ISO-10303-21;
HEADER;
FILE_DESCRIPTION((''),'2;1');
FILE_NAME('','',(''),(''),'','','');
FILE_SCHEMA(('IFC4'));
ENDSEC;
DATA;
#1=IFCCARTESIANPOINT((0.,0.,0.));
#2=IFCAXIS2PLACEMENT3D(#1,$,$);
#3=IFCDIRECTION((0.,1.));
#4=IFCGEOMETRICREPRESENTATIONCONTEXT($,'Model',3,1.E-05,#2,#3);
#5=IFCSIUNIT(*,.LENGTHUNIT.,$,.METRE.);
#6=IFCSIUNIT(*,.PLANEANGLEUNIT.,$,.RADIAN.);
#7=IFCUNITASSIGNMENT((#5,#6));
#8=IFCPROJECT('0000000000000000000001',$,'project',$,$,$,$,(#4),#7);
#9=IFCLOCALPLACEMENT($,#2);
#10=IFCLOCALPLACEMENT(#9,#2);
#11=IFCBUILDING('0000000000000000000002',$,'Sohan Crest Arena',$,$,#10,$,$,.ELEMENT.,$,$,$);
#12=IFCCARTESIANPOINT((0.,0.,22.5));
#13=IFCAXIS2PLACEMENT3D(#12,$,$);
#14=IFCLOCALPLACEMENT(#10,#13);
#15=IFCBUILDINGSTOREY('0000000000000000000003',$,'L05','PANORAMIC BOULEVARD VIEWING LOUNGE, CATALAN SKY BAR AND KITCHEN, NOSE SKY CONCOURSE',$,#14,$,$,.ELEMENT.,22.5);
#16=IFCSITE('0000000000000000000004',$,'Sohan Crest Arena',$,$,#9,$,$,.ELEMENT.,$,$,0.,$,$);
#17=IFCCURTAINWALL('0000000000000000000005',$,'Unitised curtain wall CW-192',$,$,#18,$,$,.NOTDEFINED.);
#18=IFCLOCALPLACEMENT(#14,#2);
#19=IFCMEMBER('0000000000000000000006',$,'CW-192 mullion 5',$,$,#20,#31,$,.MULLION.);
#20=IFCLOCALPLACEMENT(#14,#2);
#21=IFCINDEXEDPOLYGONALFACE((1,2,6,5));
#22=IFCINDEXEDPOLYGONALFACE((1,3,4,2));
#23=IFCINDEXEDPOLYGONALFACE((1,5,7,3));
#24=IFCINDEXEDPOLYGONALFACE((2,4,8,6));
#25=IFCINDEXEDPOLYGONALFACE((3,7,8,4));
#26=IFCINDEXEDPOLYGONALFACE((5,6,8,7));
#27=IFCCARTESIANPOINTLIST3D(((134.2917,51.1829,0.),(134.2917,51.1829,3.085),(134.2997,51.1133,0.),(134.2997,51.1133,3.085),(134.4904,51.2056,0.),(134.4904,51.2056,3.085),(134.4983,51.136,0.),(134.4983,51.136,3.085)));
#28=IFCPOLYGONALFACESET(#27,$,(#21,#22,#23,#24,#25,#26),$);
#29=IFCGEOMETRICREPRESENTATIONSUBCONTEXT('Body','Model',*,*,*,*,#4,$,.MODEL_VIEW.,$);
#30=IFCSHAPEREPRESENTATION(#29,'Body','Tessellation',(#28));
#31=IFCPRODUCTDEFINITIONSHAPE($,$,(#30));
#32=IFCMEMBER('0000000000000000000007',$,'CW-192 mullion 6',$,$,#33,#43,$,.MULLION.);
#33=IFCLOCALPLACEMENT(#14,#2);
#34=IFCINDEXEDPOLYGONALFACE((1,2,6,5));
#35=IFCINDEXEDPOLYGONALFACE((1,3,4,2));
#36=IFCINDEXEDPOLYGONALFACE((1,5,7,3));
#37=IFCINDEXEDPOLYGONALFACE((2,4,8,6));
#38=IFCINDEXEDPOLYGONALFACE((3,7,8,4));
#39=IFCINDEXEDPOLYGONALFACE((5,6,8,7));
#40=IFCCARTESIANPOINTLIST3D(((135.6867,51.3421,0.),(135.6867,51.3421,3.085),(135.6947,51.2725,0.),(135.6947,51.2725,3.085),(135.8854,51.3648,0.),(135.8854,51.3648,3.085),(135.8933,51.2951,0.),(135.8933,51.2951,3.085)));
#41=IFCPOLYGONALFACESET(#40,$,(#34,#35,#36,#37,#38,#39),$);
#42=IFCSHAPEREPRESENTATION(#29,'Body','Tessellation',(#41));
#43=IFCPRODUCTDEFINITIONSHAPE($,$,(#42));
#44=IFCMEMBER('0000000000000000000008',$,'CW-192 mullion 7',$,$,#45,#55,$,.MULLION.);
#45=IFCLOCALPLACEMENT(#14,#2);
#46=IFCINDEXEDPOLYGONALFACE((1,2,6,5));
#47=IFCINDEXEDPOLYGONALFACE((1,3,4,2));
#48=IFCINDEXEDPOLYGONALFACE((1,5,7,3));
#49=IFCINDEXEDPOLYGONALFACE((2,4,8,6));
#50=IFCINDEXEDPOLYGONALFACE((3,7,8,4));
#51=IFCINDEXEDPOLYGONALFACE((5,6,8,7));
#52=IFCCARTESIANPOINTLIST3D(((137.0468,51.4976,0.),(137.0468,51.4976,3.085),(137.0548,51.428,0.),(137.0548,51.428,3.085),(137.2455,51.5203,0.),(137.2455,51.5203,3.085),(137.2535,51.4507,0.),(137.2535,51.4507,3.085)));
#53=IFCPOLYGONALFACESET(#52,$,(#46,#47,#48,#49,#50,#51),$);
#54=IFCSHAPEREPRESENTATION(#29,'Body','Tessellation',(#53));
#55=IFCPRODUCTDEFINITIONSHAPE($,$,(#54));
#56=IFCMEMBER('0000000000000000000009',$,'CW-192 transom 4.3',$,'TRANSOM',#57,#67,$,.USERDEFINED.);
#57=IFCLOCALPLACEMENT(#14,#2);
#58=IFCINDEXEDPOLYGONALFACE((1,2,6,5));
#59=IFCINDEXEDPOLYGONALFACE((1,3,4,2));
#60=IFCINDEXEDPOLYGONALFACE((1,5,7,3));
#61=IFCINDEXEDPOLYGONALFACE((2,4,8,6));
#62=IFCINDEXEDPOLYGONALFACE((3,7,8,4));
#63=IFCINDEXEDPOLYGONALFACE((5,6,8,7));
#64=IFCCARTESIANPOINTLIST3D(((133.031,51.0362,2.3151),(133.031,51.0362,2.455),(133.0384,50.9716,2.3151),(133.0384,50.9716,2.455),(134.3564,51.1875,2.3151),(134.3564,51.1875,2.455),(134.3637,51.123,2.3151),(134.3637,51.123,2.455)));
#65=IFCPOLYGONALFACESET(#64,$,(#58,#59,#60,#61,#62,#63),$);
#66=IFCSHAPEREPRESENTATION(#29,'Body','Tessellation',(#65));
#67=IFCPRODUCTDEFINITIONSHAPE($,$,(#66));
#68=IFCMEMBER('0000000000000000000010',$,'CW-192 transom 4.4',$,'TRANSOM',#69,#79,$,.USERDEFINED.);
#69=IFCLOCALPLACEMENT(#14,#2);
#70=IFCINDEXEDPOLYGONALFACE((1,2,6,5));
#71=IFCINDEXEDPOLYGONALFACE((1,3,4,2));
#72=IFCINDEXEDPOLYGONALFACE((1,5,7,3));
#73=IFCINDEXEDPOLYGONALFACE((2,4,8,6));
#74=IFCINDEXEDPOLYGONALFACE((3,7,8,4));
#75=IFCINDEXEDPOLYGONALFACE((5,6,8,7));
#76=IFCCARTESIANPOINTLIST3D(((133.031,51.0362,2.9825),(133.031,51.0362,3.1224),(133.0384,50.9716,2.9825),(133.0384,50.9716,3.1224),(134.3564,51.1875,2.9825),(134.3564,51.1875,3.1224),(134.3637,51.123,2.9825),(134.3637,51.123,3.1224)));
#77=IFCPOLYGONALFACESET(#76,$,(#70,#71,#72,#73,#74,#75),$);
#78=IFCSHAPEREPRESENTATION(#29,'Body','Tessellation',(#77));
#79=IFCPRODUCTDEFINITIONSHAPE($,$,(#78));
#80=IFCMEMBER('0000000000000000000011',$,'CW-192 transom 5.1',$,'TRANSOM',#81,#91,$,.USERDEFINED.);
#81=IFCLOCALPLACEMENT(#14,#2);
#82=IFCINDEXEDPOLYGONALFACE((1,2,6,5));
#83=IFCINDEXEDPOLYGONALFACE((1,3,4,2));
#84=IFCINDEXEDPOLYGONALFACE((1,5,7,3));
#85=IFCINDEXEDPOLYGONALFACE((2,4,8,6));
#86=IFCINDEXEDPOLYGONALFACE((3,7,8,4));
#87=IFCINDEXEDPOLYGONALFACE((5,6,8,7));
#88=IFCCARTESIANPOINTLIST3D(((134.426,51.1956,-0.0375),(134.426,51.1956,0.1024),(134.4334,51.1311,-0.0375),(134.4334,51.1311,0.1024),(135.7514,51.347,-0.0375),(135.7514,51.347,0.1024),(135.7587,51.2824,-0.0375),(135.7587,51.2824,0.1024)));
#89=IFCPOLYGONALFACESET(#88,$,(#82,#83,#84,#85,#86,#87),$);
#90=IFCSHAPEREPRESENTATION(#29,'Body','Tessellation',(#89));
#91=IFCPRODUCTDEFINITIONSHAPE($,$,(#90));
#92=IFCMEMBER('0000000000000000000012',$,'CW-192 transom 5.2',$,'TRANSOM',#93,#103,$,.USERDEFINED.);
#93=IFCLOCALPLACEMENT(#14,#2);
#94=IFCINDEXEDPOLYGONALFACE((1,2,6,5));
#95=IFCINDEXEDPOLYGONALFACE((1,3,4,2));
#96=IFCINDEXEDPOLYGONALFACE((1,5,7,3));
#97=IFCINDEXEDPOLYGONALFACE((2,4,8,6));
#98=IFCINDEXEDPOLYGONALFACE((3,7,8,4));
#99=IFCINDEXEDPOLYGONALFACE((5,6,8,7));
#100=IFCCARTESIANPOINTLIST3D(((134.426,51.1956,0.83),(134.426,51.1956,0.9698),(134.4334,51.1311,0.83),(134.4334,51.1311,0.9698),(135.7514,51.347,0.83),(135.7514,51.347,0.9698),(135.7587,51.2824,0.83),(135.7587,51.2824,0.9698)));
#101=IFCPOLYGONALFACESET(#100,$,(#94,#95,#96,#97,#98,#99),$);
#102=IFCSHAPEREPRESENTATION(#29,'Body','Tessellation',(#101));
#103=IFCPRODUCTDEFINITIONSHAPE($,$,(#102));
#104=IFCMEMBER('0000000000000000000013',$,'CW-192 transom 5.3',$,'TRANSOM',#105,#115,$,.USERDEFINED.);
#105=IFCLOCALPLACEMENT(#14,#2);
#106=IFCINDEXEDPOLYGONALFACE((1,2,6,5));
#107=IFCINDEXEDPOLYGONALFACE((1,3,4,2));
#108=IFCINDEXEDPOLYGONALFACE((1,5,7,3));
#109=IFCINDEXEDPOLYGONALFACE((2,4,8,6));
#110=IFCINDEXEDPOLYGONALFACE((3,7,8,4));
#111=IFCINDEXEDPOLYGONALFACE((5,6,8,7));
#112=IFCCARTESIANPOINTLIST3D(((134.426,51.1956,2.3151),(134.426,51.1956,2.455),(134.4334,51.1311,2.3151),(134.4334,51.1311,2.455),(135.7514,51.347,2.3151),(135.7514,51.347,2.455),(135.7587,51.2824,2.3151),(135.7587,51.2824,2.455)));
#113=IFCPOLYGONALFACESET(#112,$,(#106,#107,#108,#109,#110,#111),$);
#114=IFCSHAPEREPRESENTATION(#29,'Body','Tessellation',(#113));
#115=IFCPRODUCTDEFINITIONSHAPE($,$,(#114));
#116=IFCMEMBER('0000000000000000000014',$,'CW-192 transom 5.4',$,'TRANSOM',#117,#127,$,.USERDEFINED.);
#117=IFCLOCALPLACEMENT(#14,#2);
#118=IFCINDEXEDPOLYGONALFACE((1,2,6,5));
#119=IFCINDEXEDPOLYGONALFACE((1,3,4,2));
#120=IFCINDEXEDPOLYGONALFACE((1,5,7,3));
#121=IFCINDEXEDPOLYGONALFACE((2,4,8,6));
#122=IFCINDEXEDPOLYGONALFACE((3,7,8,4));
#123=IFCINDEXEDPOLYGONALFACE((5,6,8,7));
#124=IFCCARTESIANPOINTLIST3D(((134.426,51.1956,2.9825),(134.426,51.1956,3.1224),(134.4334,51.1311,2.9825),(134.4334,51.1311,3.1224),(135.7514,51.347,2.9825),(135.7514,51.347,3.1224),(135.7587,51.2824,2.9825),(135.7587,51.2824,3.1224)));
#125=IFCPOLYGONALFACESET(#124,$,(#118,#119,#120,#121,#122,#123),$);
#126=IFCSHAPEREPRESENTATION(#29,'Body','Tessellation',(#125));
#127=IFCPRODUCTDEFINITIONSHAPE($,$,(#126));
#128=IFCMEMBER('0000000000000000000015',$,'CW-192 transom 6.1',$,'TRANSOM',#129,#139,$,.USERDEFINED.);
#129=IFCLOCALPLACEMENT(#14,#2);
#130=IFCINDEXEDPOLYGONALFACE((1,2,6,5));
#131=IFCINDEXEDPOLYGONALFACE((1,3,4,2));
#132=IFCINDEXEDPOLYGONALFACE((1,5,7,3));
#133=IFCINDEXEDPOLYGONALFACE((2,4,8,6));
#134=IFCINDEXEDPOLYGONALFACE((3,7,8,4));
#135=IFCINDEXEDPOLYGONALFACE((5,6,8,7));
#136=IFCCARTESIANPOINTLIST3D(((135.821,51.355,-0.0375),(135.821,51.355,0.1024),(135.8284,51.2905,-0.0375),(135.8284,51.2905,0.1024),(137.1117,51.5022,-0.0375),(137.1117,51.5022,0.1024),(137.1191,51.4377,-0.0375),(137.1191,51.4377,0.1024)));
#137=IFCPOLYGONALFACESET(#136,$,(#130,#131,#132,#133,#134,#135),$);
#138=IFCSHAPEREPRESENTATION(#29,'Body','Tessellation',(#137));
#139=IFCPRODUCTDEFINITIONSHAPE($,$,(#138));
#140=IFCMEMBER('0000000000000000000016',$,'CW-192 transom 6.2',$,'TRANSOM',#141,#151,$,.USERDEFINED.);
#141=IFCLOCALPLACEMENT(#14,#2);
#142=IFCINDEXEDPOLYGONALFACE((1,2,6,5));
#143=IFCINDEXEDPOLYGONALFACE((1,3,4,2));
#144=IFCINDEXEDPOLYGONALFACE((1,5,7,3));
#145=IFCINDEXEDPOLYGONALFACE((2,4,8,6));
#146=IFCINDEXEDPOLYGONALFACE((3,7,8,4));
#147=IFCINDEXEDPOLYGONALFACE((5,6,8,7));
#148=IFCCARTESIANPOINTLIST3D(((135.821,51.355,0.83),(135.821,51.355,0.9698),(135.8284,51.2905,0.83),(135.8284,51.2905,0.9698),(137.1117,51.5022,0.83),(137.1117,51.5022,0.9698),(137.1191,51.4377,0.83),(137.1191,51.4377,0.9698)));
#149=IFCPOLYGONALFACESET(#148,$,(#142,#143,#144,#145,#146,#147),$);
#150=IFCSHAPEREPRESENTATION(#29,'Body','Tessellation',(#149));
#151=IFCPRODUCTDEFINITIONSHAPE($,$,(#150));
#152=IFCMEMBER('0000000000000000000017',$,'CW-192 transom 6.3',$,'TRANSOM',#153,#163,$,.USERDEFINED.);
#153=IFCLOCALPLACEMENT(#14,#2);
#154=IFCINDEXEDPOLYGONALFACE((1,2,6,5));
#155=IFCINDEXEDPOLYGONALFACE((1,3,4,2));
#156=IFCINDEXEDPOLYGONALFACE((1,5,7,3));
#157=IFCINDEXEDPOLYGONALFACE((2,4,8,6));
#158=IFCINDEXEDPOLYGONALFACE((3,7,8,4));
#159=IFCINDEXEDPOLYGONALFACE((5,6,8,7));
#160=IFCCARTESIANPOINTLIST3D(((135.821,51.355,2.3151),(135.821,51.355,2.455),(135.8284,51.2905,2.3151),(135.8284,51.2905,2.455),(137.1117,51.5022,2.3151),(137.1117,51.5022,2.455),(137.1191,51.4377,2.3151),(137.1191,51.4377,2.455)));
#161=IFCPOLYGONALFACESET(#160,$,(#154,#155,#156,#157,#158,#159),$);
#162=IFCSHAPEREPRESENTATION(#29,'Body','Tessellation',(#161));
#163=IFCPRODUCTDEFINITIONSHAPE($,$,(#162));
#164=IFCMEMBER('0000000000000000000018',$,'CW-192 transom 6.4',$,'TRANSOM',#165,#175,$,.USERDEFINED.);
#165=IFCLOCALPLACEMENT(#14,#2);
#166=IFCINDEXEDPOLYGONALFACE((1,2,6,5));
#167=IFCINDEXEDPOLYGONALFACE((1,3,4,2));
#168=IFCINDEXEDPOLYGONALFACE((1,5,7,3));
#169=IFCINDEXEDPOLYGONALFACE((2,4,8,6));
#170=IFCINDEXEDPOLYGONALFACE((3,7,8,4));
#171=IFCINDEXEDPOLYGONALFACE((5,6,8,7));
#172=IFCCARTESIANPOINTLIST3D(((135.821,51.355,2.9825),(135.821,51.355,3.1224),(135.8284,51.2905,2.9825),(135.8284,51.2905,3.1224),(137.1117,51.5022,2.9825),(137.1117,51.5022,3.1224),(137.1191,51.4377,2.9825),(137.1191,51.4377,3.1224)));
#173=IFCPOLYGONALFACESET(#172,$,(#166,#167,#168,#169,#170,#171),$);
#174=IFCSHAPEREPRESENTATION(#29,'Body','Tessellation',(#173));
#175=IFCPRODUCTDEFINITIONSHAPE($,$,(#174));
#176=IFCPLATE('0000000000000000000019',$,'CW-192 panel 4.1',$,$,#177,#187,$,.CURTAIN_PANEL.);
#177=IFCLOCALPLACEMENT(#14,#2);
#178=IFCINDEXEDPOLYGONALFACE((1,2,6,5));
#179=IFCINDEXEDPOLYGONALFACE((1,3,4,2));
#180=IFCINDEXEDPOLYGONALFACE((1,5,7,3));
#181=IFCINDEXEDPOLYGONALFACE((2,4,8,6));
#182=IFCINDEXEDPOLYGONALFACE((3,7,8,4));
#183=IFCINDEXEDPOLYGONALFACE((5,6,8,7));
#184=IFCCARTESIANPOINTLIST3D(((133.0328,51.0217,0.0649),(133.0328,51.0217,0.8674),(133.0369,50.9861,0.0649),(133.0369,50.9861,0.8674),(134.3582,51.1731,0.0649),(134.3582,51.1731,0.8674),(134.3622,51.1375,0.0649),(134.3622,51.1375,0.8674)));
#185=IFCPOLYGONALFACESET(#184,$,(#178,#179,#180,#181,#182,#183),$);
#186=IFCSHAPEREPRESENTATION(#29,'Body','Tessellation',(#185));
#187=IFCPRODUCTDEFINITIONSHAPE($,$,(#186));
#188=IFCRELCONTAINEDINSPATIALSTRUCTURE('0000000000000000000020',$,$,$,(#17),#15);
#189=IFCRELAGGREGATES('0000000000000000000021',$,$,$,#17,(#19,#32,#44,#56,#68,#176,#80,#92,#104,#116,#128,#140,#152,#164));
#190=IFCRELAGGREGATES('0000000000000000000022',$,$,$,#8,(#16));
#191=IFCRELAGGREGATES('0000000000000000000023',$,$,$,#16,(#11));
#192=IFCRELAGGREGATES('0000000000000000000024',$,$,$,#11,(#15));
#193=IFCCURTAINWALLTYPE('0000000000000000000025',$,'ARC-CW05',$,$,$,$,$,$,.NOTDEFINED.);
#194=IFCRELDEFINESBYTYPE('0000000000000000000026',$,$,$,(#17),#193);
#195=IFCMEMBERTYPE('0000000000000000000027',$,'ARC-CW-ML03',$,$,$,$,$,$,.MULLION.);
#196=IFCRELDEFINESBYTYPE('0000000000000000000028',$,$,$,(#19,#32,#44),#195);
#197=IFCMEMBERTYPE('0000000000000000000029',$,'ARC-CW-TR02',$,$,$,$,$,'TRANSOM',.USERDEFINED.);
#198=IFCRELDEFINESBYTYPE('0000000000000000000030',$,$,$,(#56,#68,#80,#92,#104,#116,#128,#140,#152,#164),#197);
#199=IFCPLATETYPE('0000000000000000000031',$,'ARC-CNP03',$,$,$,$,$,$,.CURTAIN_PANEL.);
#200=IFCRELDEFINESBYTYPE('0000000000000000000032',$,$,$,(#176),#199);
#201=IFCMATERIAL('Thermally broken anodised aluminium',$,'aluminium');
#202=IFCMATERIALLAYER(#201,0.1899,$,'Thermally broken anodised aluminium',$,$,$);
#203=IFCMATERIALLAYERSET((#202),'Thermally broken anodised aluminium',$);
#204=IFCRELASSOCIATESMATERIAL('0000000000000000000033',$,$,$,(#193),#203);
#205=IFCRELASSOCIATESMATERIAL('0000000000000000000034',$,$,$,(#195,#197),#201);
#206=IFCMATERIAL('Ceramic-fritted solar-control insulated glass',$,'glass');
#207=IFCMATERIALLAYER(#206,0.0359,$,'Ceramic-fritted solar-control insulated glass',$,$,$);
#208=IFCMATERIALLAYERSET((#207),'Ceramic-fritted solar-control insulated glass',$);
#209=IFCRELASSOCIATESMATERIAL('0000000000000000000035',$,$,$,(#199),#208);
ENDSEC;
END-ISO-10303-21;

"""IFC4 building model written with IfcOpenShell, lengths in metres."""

from ifc_helpers import new_model, si_unit, direction, frame, origin, origin_2d, place, context, subcontext, project, spatial, rectangle, extrude, material, layer, layer_set, material_profile, profile_set, type_object, element, aggregate, save


model = new_model("IFC4")

# Units and contexts
model_context = context("Model", 3, precision=1e-05, world=origin(), true_north=direction((0.0, 1.0)))
body_context = subcontext(model_context, "Body", "Model", "MODEL_VIEW")
ifc_project = project(units=[si_unit("LENGTHUNIT", "METRE"), si_unit("PLANEANGLEUNIT", "RADIAN")], contexts=[model_context])

# Site, building, storey
site_placement = place(None, origin())
site = spatial("IfcSite", under=ifc_project, at=site_placement, Name="Sohan Crest Arena", CompositionType="ELEMENT", RefElevation=0.0)
building_placement = place(site_placement, origin())
building = spatial("IfcBuilding", under=site, at=building_placement, Name="Sohan Crest Arena", CompositionType="ELEMENT")
storey_placement = place(building_placement, frame((0.0, 0.0, 22.5)))
storey = spatial("IfcBuildingStorey", under=building, at=storey_placement, Name="L05", Description="PANORAMIC BOULEVARD VIEWING LOUNGE, CATALAN SKY BAR AND KITCHEN, NOSE SKY CONCOURSE", CompositionType="ELEMENT", Elevation=22.5)

# Curtain wall, members, plate
ifc_material_1 = material(Name="Thermally broken anodised aluminium", Category="aluminium")
ifc_layer_1 = layer(ifc_material_1, 0.1899, Name="Thermally broken anodised aluminium")
ifc_layer_set_1 = layer_set([ifc_layer_1], Name="Thermally broken anodised aluminium")
curtain_wall_type = type_object("IfcCurtainWallType", Name="ARC-CW05", PredefinedType="NOTDEFINED", material=ifc_layer_set_1)
curtain_wall_placement = place(storey_placement, origin())
curtain_wall = element("IfcCurtainWall", 1, at=curtain_wall_placement, inside=storey, type_object=curtain_wall_type, Name="Unitised curtain wall CW-192", PredefinedType="NOTDEFINED")
ifc_material_profile_1 = material_profile(ifc_material_1, rectangle(XDim=0.0701, YDim=0.2, at=origin_2d()), Name="ALU-MULL 70x200")
ifc_profile_set_1 = profile_set([ifc_material_profile_1], Name="Thermally broken anodised aluminium")
member_type_1 = type_object("IfcMemberType", Name="ARC-CW-ML03", PredefinedType="MULLION", material=ifc_profile_set_1)
member_1_placement = place(storey_placement, frame((134.395, 51.1594, 0.0), z_axis=(0.0, 0.0, 1.0), x_axis=(-0.11348, 0.99354, 0.0)))
member_1 = element("IfcMember", 2, at=member_1_placement, type_object=member_type_1, Name="CW-192 mullion 5", PredefinedType="MULLION", context=body_context, shape_type="SweptSolid", body=[
    extrude(rectangle(XDim=0.0701, YDim=0.2, at=origin_2d()), origin(), (0.0, 0.0, 1.0), 3.085),
])
member_2_placement = place(storey_placement, frame((135.79, 51.3186, 0.0), z_axis=(0.0, 0.0, 1.0), x_axis=(-0.11348, 0.99354, 0.0)))
member_2 = element("IfcMember", 3, at=member_2_placement, type_object=member_type_1, Name="CW-192 mullion 6", PredefinedType="MULLION", context=body_context, shape_type="SweptSolid", body=[
    extrude(rectangle(XDim=0.0701, YDim=0.2, at=origin_2d()), origin(), (0.0, 0.0, 1.0), 3.085),
])
member_3_placement = place(storey_placement, frame((137.1501, 51.4741, 0.0), z_axis=(0.0, 0.0, 1.0), x_axis=(-0.11348, 0.99354, 0.0)))
member_3 = element("IfcMember", 4, at=member_3_placement, type_object=member_type_1, Name="CW-192 mullion 7", PredefinedType="MULLION", context=body_context, shape_type="SweptSolid", body=[
    extrude(rectangle(XDim=0.0701, YDim=0.2, at=origin_2d()), origin(), (0.0, 0.0, 1.0), 3.085),
])
ifc_material_profile_2 = material_profile(ifc_material_1, rectangle(XDim=0.0649, YDim=0.1399, at=origin_2d()), Name="ALU-TRAN 65x140")
ifc_profile_set_2 = profile_set([ifc_material_profile_2], Name="Thermally broken anodised aluminium")
member_type_2 = type_object("IfcMemberType", Name="ARC-CW-TR02", ElementType="TRANSOM", PredefinedType="USERDEFINED", material=ifc_profile_set_2)
member_4_placement = place(storey_placement, frame((133.0347, 51.0039, 2.385), z_axis=(0.993542, 0.113464, 0.0), x_axis=(-0.113464, 0.993542, 0.0)))
member_4 = element("IfcMember", 5, at=member_4_placement, type_object=member_type_2, Name="CW-192 transom 4.3", ObjectType="TRANSOM", PredefinedType="USERDEFINED", context=body_context, shape_type="SweptSolid", body=[
    extrude(rectangle(XDim=0.0649, YDim=0.1399, at=origin_2d()), origin(), (0.0, 0.0, 1.0), 1.334),
])
member_5_placement = place(storey_placement, frame((133.0347, 51.0039, 3.0525), z_axis=(0.993542, 0.113464, 0.0), x_axis=(-0.113464, 0.993542, 0.0)))
member_5 = element("IfcMember", 6, at=member_5_placement, type_object=member_type_2, Name="CW-192 transom 4.4", ObjectType="TRANSOM", PredefinedType="USERDEFINED", context=body_context, shape_type="SweptSolid", body=[
    extrude(rectangle(XDim=0.0649, YDim=0.1399, at=origin_2d()), origin(), (0.0, 0.0, 1.0), 1.334),
])
member_6_placement = place(storey_placement, frame((134.4297, 51.1633, 0.0325), z_axis=(0.993542, 0.113464, 0.0), x_axis=(-0.113464, 0.993542, 0.0)))
member_6 = element("IfcMember", 7, at=member_6_placement, type_object=member_type_2, Name="CW-192 transom 5.1", ObjectType="TRANSOM", PredefinedType="USERDEFINED", context=body_context, shape_type="SweptSolid", body=[
    extrude(rectangle(XDim=0.0649, YDim=0.1399, at=origin_2d()), origin(), (0.0, 0.0, 1.0), 1.334),
])
member_7_placement = place(storey_placement, frame((134.4297, 51.1633, 0.8999), z_axis=(0.993542, 0.113464, 0.0), x_axis=(-0.113464, 0.993542, 0.0)))
member_7 = element("IfcMember", 8, at=member_7_placement, type_object=member_type_2, Name="CW-192 transom 5.2", ObjectType="TRANSOM", PredefinedType="USERDEFINED", context=body_context, shape_type="SweptSolid", body=[
    extrude(rectangle(XDim=0.0649, YDim=0.1399, at=origin_2d()), origin(), (0.0, 0.0, 1.0), 1.334),
])
member_8_placement = place(storey_placement, frame((134.4297, 51.1633, 2.385), z_axis=(0.993542, 0.113464, 0.0), x_axis=(-0.113464, 0.993542, 0.0)))
member_8 = element("IfcMember", 9, at=member_8_placement, type_object=member_type_2, Name="CW-192 transom 5.3", ObjectType="TRANSOM", PredefinedType="USERDEFINED", context=body_context, shape_type="SweptSolid", body=[
    extrude(rectangle(XDim=0.0649, YDim=0.1399, at=origin_2d()), origin(), (0.0, 0.0, 1.0), 1.334),
])
member_9_placement = place(storey_placement, frame((134.4297, 51.1633, 3.0525), z_axis=(0.993542, 0.113464, 0.0), x_axis=(-0.113464, 0.993542, 0.0)))
member_9 = element("IfcMember", 10, at=member_9_placement, type_object=member_type_2, Name="CW-192 transom 5.4", ObjectType="TRANSOM", PredefinedType="USERDEFINED", context=body_context, shape_type="SweptSolid", body=[
    extrude(rectangle(XDim=0.0649, YDim=0.1399, at=origin_2d()), origin(), (0.0, 0.0, 1.0), 1.334),
])
member_10_placement = place(storey_placement, frame((135.8247, 51.3228, 0.0325), z_axis=(0.993559, 0.113319, 0.0), x_axis=(-0.113319, 0.993559, 0.0)))
member_10 = element("IfcMember", 11, at=member_10_placement, type_object=member_type_2, Name="CW-192 transom 6.1", ObjectType="TRANSOM", PredefinedType="USERDEFINED", context=body_context, shape_type="SweptSolid", body=[
    extrude(rectangle(XDim=0.0649, YDim=0.1399, at=origin_2d()), origin(), (0.0, 0.0, 1.0), 1.2991),
])
member_11_placement = place(storey_placement, frame((135.8247, 51.3228, 0.8999), z_axis=(0.993559, 0.113319, 0.0), x_axis=(-0.113319, 0.993559, 0.0)))
member_11 = element("IfcMember", 12, at=member_11_placement, type_object=member_type_2, Name="CW-192 transom 6.2", ObjectType="TRANSOM", PredefinedType="USERDEFINED", context=body_context, shape_type="SweptSolid", body=[
    extrude(rectangle(XDim=0.0649, YDim=0.1399, at=origin_2d()), origin(), (0.0, 0.0, 1.0), 1.2991),
])
member_12_placement = place(storey_placement, frame((135.8247, 51.3228, 2.385), z_axis=(0.993559, 0.113319, 0.0), x_axis=(-0.113319, 0.993559, 0.0)))
member_12 = element("IfcMember", 13, at=member_12_placement, type_object=member_type_2, Name="CW-192 transom 6.3", ObjectType="TRANSOM", PredefinedType="USERDEFINED", context=body_context, shape_type="SweptSolid", body=[
    extrude(rectangle(XDim=0.0649, YDim=0.1399, at=origin_2d()), origin(), (0.0, 0.0, 1.0), 1.2991),
])
member_13_placement = place(storey_placement, frame((135.8247, 51.3228, 3.0525), z_axis=(0.993559, 0.113319, 0.0), x_axis=(-0.113319, 0.993559, 0.0)))
member_13 = element("IfcMember", 14, at=member_13_placement, type_object=member_type_2, Name="CW-192 transom 6.4", ObjectType="TRANSOM", PredefinedType="USERDEFINED", context=body_context, shape_type="SweptSolid", body=[
    extrude(rectangle(XDim=0.0649, YDim=0.1399, at=origin_2d()), origin(), (0.0, 0.0, 1.0), 1.2991),
])
ifc_material_2 = material(Name="Ceramic-fritted solar-control insulated glass", Category="glass")
ifc_layer_2 = layer(ifc_material_2, 0.0359, Name="Ceramic-fritted solar-control insulated glass")
ifc_layer_set_2 = layer_set([ifc_layer_2], Name="Ceramic-fritted solar-control insulated glass")
plate_type = type_object("IfcPlateType", Name="ARC-CNP03", PredefinedType="CURTAIN_PANEL", material=ifc_layer_set_2)
plate_1_placement = place(storey_placement, frame((133.6975, 51.0796, 0.0649), z_axis=(0.0, 0.0, 1.0), x_axis=(0.99354, 0.11348, 0.0)))
plate_1 = element("IfcPlate", 15, at=plate_1_placement, type_object=plate_type, Name="CW-192 panel 4.1", PredefinedType="CURTAIN_PANEL", context=body_context, shape_type="SweptSolid", body=[
    extrude(rectangle(XDim=1.334, YDim=0.0359, at=origin_2d()), origin(), (0.0, 0.0, 1.0), 0.8025),
])
aggregate(curtain_wall, [member_1, member_2, member_3, member_4, member_5, plate_1, member_6, member_7, member_8, member_9, member_10, member_11, member_12, member_13])

save(model, "model.ifc")
